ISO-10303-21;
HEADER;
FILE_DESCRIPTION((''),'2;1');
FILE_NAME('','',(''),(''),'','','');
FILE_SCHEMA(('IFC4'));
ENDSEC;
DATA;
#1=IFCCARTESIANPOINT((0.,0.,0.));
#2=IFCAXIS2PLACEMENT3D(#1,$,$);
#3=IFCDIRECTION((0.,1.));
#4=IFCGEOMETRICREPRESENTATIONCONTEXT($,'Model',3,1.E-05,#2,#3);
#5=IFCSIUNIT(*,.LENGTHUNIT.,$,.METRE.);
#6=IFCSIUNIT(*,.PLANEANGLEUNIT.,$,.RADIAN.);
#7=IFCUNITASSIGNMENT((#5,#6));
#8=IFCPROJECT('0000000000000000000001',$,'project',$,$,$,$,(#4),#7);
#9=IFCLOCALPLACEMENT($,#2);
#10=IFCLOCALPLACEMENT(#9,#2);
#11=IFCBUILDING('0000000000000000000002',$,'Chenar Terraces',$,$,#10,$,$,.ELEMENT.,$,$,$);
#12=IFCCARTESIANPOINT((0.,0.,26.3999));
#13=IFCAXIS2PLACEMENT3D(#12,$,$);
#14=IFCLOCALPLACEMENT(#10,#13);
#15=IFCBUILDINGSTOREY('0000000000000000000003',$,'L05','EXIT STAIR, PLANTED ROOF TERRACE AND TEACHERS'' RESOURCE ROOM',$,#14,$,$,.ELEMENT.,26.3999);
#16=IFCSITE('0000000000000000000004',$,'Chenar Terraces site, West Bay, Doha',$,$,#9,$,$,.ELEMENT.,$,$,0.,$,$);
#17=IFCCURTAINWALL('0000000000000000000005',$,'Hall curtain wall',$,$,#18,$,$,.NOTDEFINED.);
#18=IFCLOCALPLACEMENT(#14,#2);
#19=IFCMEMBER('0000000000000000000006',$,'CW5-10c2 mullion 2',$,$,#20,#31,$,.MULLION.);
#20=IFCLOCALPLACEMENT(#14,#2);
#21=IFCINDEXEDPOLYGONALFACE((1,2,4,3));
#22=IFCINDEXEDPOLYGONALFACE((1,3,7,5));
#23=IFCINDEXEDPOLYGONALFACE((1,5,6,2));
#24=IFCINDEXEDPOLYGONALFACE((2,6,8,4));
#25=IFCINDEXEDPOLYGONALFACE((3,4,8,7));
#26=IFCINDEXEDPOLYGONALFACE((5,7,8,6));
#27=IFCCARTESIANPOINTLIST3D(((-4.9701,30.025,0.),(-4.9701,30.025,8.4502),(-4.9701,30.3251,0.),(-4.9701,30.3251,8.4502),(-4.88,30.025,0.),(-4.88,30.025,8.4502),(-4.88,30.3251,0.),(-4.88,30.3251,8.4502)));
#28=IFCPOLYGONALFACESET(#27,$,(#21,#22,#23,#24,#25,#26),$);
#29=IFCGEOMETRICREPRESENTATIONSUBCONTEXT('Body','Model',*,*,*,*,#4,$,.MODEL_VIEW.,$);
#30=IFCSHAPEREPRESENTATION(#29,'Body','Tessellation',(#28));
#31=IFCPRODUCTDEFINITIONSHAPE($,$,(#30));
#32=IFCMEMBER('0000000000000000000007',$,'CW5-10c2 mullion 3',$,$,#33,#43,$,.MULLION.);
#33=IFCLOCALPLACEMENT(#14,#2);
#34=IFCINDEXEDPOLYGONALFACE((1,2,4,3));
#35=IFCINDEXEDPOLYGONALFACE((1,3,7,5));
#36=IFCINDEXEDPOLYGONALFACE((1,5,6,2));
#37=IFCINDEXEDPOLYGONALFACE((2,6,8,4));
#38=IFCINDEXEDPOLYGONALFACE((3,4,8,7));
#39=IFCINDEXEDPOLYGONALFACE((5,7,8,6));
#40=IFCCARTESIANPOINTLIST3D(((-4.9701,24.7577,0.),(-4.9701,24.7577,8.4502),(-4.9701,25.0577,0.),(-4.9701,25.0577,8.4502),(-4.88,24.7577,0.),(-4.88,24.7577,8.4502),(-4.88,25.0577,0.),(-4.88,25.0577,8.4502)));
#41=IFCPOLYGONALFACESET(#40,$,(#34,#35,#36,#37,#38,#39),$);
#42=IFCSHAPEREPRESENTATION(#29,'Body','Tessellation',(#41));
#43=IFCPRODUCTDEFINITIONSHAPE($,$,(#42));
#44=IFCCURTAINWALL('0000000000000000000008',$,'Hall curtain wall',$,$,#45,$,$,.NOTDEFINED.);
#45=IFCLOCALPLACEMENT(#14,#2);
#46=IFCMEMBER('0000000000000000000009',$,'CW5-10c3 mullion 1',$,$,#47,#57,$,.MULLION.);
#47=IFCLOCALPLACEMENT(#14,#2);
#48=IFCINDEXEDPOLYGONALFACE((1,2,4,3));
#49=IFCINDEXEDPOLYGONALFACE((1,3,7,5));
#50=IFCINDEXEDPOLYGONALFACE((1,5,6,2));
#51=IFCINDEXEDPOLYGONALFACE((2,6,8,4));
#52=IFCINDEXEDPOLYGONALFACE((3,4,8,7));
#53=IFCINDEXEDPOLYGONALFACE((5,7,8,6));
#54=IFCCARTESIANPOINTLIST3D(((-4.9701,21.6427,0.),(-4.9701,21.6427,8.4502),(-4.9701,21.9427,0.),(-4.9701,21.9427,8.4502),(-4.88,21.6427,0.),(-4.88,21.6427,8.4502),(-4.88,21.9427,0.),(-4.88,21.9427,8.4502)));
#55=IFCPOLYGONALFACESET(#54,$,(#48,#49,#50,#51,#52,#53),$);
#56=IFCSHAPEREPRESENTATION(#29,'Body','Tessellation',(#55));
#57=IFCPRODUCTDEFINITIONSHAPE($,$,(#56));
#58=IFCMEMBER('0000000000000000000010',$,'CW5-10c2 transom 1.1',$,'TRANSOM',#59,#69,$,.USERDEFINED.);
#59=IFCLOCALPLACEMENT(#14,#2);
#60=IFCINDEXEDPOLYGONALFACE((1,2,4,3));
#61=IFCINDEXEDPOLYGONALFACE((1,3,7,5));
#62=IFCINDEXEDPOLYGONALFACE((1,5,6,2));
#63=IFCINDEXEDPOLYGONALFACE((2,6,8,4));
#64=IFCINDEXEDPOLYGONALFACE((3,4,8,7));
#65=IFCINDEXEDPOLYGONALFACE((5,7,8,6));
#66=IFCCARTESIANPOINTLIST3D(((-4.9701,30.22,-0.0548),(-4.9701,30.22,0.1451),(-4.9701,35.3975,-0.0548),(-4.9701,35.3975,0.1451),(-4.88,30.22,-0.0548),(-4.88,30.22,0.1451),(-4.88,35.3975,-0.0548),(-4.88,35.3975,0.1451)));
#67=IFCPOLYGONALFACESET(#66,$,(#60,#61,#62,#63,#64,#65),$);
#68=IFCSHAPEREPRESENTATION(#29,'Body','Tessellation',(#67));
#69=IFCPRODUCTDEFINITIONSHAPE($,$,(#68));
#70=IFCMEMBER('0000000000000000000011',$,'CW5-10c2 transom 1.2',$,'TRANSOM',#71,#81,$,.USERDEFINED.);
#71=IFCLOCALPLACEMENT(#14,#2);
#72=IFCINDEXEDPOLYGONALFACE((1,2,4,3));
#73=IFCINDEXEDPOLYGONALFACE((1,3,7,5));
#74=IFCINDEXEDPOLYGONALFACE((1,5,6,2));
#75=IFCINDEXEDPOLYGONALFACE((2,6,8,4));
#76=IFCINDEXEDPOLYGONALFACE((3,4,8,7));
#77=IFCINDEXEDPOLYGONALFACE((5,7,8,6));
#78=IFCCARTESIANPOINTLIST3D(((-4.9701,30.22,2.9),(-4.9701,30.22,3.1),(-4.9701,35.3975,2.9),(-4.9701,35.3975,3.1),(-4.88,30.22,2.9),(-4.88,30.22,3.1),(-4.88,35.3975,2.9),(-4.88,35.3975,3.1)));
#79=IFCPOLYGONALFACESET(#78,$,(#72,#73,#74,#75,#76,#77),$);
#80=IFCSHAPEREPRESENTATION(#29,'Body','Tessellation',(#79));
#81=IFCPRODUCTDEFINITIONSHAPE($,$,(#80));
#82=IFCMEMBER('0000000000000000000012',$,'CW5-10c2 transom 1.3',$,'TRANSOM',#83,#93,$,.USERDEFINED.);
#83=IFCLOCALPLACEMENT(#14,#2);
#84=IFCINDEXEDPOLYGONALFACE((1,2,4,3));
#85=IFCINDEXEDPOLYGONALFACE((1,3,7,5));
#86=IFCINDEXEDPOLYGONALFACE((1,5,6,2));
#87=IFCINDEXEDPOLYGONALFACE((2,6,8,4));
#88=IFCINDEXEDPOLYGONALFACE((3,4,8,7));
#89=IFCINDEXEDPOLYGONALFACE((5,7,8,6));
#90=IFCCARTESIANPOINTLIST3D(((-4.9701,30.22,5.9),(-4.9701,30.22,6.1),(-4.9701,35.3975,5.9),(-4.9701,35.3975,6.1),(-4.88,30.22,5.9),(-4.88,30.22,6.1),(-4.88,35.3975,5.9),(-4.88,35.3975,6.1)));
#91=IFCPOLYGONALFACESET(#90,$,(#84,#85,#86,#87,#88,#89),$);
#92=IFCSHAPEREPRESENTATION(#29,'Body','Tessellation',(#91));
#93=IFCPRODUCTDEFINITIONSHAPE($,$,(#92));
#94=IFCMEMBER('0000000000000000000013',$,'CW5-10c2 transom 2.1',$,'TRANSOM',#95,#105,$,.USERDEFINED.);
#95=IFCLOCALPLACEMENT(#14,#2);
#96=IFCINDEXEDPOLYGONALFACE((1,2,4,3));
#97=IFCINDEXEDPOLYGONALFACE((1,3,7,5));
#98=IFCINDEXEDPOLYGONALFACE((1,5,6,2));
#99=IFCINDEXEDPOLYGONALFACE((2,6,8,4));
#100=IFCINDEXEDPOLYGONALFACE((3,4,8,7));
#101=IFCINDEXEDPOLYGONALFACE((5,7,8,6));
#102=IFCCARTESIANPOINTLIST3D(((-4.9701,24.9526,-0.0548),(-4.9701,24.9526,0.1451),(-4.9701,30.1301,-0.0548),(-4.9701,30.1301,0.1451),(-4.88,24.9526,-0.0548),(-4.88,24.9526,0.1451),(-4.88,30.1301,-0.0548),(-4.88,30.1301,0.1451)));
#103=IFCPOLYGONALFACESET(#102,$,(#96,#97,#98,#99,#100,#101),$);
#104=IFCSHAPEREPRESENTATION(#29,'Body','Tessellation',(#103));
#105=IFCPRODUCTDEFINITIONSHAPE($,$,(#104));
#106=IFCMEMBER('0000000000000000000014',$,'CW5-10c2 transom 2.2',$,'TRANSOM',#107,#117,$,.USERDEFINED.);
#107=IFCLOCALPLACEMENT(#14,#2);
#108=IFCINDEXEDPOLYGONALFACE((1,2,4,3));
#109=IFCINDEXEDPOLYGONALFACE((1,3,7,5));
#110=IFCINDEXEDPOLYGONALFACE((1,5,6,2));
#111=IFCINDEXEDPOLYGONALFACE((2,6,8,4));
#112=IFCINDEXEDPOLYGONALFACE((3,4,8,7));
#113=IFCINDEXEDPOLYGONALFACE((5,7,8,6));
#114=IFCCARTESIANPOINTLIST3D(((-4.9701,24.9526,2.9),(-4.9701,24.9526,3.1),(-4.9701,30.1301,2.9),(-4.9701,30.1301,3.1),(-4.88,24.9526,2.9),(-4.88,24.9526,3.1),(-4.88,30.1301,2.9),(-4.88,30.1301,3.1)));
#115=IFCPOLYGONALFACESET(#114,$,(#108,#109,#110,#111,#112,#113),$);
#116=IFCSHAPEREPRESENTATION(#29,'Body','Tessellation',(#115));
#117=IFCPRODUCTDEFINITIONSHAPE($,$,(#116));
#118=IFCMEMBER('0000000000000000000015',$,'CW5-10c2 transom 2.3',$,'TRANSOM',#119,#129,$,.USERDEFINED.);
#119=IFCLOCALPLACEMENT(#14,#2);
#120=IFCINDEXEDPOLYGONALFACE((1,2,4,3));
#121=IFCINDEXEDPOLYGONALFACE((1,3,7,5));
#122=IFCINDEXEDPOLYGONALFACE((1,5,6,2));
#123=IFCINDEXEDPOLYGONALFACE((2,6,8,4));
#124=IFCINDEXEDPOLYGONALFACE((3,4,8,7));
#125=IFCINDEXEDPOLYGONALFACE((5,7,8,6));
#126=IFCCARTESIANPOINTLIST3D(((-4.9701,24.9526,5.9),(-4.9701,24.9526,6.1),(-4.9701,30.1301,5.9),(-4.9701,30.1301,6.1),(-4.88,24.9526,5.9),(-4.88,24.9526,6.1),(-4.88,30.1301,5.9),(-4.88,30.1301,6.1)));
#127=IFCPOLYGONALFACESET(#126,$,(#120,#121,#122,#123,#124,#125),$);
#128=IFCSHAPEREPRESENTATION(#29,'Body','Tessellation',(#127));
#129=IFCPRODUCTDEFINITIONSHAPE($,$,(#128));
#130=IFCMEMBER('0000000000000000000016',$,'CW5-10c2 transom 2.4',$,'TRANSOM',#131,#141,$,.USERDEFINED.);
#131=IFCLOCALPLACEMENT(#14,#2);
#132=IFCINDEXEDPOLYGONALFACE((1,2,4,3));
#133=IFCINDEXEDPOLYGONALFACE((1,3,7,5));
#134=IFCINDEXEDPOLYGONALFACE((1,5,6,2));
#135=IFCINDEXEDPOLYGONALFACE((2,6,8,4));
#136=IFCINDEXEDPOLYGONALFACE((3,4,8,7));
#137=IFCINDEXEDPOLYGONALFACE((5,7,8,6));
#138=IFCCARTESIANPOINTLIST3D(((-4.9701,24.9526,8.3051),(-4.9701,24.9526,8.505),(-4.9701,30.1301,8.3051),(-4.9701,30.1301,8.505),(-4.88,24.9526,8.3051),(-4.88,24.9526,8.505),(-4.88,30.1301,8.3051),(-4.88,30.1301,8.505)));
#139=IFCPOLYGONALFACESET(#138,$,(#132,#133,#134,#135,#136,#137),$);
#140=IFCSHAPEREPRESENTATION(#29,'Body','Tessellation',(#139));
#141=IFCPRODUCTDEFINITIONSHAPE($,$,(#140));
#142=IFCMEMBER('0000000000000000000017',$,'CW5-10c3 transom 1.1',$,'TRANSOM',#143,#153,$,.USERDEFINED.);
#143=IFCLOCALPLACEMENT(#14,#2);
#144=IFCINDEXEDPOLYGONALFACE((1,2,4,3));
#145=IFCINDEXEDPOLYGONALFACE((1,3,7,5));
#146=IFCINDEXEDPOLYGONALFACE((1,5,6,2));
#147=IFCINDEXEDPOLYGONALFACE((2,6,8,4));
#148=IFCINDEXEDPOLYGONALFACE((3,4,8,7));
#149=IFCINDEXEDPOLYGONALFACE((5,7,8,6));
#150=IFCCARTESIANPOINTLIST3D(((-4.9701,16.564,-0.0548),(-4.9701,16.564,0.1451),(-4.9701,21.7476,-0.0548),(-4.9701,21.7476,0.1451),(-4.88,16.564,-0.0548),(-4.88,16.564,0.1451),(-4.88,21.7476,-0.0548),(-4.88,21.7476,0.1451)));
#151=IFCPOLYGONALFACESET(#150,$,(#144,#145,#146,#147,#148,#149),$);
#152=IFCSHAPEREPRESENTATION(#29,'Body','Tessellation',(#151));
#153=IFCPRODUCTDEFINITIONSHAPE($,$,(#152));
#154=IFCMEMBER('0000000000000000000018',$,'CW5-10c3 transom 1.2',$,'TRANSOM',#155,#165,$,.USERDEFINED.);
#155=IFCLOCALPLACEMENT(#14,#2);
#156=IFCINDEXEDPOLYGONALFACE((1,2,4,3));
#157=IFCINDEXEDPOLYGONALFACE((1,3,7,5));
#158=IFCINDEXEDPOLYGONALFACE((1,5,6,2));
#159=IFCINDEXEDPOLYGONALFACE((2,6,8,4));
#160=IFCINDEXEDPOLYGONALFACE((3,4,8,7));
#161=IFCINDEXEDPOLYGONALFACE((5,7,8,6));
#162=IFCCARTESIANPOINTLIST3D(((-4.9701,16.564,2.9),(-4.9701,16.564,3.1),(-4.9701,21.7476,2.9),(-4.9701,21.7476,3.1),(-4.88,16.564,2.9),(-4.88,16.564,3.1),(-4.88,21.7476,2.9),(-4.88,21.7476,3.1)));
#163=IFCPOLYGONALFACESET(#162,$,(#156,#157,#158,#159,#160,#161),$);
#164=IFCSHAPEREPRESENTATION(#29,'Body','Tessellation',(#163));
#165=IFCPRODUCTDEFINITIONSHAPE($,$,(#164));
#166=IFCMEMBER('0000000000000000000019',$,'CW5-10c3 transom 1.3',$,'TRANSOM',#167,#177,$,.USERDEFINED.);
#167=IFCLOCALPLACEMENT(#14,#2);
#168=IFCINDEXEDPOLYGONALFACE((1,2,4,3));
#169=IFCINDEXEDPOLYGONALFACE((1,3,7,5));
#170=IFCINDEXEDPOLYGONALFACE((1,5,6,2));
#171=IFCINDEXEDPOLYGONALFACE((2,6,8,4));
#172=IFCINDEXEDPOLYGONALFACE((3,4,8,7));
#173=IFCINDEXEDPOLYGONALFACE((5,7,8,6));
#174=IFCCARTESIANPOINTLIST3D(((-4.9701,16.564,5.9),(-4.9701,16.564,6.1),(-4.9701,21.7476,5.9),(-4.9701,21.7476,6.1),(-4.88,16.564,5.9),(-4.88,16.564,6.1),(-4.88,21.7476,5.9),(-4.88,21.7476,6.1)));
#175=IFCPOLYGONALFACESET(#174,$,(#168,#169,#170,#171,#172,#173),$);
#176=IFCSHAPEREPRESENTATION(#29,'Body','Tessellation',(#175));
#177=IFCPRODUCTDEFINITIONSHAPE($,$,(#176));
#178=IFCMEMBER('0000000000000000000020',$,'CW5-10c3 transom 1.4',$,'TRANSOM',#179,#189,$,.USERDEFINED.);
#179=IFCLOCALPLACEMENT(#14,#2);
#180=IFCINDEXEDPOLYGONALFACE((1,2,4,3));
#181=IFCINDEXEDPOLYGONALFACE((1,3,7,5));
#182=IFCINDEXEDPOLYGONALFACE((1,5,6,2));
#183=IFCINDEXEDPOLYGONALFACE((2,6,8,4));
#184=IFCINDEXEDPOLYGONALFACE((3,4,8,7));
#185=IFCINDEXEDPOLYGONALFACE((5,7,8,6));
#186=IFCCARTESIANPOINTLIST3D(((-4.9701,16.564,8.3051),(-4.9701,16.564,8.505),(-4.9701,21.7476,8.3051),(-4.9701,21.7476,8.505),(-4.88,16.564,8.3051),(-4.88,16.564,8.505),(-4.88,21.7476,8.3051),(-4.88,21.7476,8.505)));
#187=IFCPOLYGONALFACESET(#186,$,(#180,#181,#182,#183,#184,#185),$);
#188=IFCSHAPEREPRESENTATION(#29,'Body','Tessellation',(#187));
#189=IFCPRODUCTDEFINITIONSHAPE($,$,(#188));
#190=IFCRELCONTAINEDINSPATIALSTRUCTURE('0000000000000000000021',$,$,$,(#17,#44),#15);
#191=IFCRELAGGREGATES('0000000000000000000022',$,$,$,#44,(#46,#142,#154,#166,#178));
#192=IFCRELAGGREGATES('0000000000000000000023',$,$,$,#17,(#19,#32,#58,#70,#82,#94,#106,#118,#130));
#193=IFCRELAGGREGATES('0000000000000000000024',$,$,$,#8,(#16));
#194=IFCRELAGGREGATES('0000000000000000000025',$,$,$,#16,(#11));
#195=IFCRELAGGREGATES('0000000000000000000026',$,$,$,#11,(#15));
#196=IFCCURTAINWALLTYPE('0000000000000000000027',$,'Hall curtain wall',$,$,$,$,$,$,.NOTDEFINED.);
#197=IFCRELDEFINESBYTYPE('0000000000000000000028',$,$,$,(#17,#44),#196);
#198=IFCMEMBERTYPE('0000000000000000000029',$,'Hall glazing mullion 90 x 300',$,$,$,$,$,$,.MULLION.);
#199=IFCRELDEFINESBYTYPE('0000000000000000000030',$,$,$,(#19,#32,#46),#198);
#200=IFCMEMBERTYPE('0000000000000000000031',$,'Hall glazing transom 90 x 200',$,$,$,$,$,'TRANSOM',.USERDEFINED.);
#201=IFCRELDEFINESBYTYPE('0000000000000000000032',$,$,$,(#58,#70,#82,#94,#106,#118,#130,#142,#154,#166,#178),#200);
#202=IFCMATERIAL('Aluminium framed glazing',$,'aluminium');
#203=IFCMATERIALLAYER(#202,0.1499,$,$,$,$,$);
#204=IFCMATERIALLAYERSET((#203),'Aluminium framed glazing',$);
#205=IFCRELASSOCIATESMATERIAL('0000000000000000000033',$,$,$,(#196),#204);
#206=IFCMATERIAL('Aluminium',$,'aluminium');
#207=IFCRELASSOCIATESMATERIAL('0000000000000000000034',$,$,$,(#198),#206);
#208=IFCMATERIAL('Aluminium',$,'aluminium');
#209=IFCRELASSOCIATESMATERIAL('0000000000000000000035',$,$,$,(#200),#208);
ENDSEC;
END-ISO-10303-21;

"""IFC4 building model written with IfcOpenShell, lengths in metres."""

from ifc_helpers import new_model, si_unit, direction, frame, origin, origin_2d, place, context, subcontext, project, spatial, rectangle, extrude, material, layer, layer_set, material_profile, profile_set, type_object, element, aggregate, save


model = new_model("IFC4")

# Units and contexts
model_context = context("Model", 3, precision=1e-05, world=origin(), true_north=direction((0.0, 1.0)))
body_context = subcontext(model_context, "Body", "Model", "MODEL_VIEW")
ifc_project = project(units=[si_unit("LENGTHUNIT", "METRE"), si_unit("PLANEANGLEUNIT", "RADIAN")], contexts=[model_context])

# Site, building, storey
site_placement = place(None, origin())
site = spatial("IfcSite", under=ifc_project, at=site_placement, Name="Chenar Terraces site, West Bay, Doha", CompositionType="ELEMENT", RefElevation=0.0)
building_placement = place(site_placement, origin())
building = spatial("IfcBuilding", under=site, at=building_placement, Name="Chenar Terraces", CompositionType="ELEMENT")
storey_placement = place(building_placement, frame((0.0, 0.0, 26.3999)))
storey = spatial("IfcBuildingStorey", under=building, at=storey_placement, Name="L05", Description="EXIT STAIR, PLANTED ROOF TERRACE AND TEACHERS' RESOURCE ROOM", CompositionType="ELEMENT", Elevation=26.3999)

# Curtain wall, members
ifc_material_1 = material(Name="Aluminium framed glazing", Category="aluminium")
ifc_layer_1 = layer(ifc_material_1, 0.1499)
ifc_layer_set_1 = layer_set([ifc_layer_1], Name="Aluminium framed glazing")
curtain_wall_type = type_object("IfcCurtainWallType", Name="Hall curtain wall", PredefinedType="NOTDEFINED", material=ifc_layer_set_1)
placement = place(storey_placement, origin())
curtain_wall_1 = element("IfcCurtainWall", 1, at=placement, inside=storey, type_object=curtain_wall_type, Name="Hall curtain wall", PredefinedType="NOTDEFINED")
ifc_material_2 = material(Name="Aluminium", Category="aluminium")
ifc_material_profile_1 = material_profile(ifc_material_2, rectangle(XDim=0.0901, YDim=0.3, at=origin_2d()), Name="Hall glazing mullion 90 x 300")
ifc_profile_set_1 = profile_set([ifc_material_profile_1], Name="Aluminium")
member_type_1 = type_object("IfcMemberType", Name="Hall glazing mullion 90 x 300", PredefinedType="MULLION", material=ifc_profile_set_1)
member_1_placement = place(storey_placement, frame((-4.925, 30.175, 0.0), z_axis=(0.0, 0.0, 1.0), x_axis=(1.0, 0.0, 0.0)))
member_1 = element("IfcMember", 2, at=member_1_placement, type_object=member_type_1, Name="CW5-10c2 mullion 2", PredefinedType="MULLION", context=body_context, shape_type="SweptSolid", body=[
    extrude(rectangle(XDim=0.0901, YDim=0.3, at=origin_2d()), origin(), (0.0, 0.0, 1.0), 8.4502),
])
member_2_placement = place(storey_placement, frame((-4.925, 24.9077, 0.0), z_axis=(0.0, 0.0, 1.0), x_axis=(1.0, 0.0, 0.0)))
member_2 = element("IfcMember", 3, at=member_2_placement, type_object=member_type_1, Name="CW5-10c2 mullion 3", PredefinedType="MULLION", context=body_context, shape_type="SweptSolid", body=[
    extrude(rectangle(XDim=0.0901, YDim=0.3, at=origin_2d()), origin(), (0.0, 0.0, 1.0), 8.4502),
])

# Curtain wall, member
curtain_wall_2 = element("IfcCurtainWall", 4, at=placement, inside=storey, type_object=curtain_wall_type, Name="Hall curtain wall", PredefinedType="NOTDEFINED")
member_3_placement = place(storey_placement, frame((-4.925, 21.7927, 0.0), z_axis=(0.0, 0.0, 1.0), x_axis=(1.0, 0.0, 0.0)))
member_3 = element("IfcMember", 5, at=member_3_placement, type_object=member_type_1, Name="CW5-10c3 mullion 1", PredefinedType="MULLION", context=body_context, shape_type="SweptSolid", body=[
    extrude(rectangle(XDim=0.0901, YDim=0.3, at=origin_2d()), origin(), (0.0, 0.0, 1.0), 8.4502),
])

# Members
ifc_material_3 = material(Name="Aluminium", Category="aluminium")
ifc_material_profile_2 = material_profile(ifc_material_3, rectangle(XDim=0.0901, YDim=0.2, at=origin_2d()), Name="Hall glazing transom 90 x 200")
ifc_profile_set_2 = profile_set([ifc_material_profile_2], Name="Aluminium")
member_type_2 = type_object("IfcMemberType", Name="Hall glazing transom 90 x 200", ElementType="TRANSOM", PredefinedType="USERDEFINED", material=ifc_profile_set_2)
member_4_placement = place(storey_placement, frame((-4.925, 35.3975, 0.0452), z_axis=(0.0, -1.0, 0.0), x_axis=(1.0, 0.0, 0.0)))
member_4 = element("IfcMember", 6, at=member_4_placement, type_object=member_type_2, Name="CW5-10c2 transom 1.1", ObjectType="TRANSOM", PredefinedType="USERDEFINED", context=body_context, shape_type="SweptSolid", body=[
    extrude(rectangle(XDim=0.0901, YDim=0.2, at=origin_2d()), origin(), (0.0, 0.0, 1.0), 5.1775),
])
member_5_placement = place(storey_placement, frame((-4.925, 35.3975, 3.0), z_axis=(0.0, -1.0, 0.0), x_axis=(1.0, 0.0, 0.0)))
member_5 = element("IfcMember", 7, at=member_5_placement, type_object=member_type_2, Name="CW5-10c2 transom 1.2", ObjectType="TRANSOM", PredefinedType="USERDEFINED", context=body_context, shape_type="SweptSolid", body=[
    extrude(rectangle(XDim=0.0901, YDim=0.2, at=origin_2d()), origin(), (0.0, 0.0, 1.0), 5.1775),
])
member_6_placement = place(storey_placement, frame((-4.925, 35.3975, 6.0), z_axis=(0.0, -1.0, 0.0), x_axis=(1.0, 0.0, 0.0)))
member_6 = element("IfcMember", 8, at=member_6_placement, type_object=member_type_2, Name="CW5-10c2 transom 1.3", ObjectType="TRANSOM", PredefinedType="USERDEFINED", context=body_context, shape_type="SweptSolid", body=[
    extrude(rectangle(XDim=0.0901, YDim=0.2, at=origin_2d()), origin(), (0.0, 0.0, 1.0), 5.1775),
])
member_7_placement = place(storey_placement, frame((-4.925, 30.1301, 0.0452), z_axis=(0.0, -1.0, 0.0), x_axis=(1.0, 0.0, 0.0)))
member_7 = element("IfcMember", 9, at=member_7_placement, type_object=member_type_2, Name="CW5-10c2 transom 2.1", ObjectType="TRANSOM", PredefinedType="USERDEFINED", context=body_context, shape_type="SweptSolid", body=[
    extrude(rectangle(XDim=0.0901, YDim=0.2, at=origin_2d()), origin(), (0.0, 0.0, 1.0), 5.1775),
])
member_8_placement = place(storey_placement, frame((-4.925, 30.1301, 3.0), z_axis=(0.0, -1.0, 0.0), x_axis=(1.0, 0.0, 0.0)))
member_8 = element("IfcMember", 10, at=member_8_placement, type_object=member_type_2, Name="CW5-10c2 transom 2.2", ObjectType="TRANSOM", PredefinedType="USERDEFINED", context=body_context, shape_type="SweptSolid", body=[
    extrude(rectangle(XDim=0.0901, YDim=0.2, at=origin_2d()), origin(), (0.0, 0.0, 1.0), 5.1775),
])
member_9_placement = place(storey_placement, frame((-4.925, 30.1301, 6.0), z_axis=(0.0, -1.0, 0.0), x_axis=(1.0, 0.0, 0.0)))
member_9 = element("IfcMember", 11, at=member_9_placement, type_object=member_type_2, Name="CW5-10c2 transom 2.3", ObjectType="TRANSOM", PredefinedType="USERDEFINED", context=body_context, shape_type="SweptSolid", body=[
    extrude(rectangle(XDim=0.0901, YDim=0.2, at=origin_2d()), origin(), (0.0, 0.0, 1.0), 5.1775),
])
member_10_placement = place(storey_placement, frame((-4.925, 30.1301, 8.405), z_axis=(0.0, -1.0, 0.0), x_axis=(1.0, 0.0, 0.0)))
member_10 = element("IfcMember", 12, at=member_10_placement, type_object=member_type_2, Name="CW5-10c2 transom 2.4", ObjectType="TRANSOM", PredefinedType="USERDEFINED", context=body_context, shape_type="SweptSolid", body=[
    extrude(rectangle(XDim=0.0901, YDim=0.2, at=origin_2d()), origin(), (0.0, 0.0, 1.0), 5.1775),
])
member_11_placement = place(storey_placement, frame((-4.925, 21.7476, 0.0452), z_axis=(0.0, -1.0, 0.0), x_axis=(1.0, 0.0, 0.0)))
member_11 = element("IfcMember", 13, at=member_11_placement, type_object=member_type_2, Name="CW5-10c3 transom 1.1", ObjectType="TRANSOM", PredefinedType="USERDEFINED", context=body_context, shape_type="SweptSolid", body=[
    extrude(rectangle(XDim=0.0901, YDim=0.2, at=origin_2d()), origin(), (0.0, 0.0, 1.0), 5.1836),
])
member_12_placement = place(storey_placement, frame((-4.925, 21.7476, 3.0), z_axis=(0.0, -1.0, 0.0), x_axis=(1.0, 0.0, 0.0)))
member_12 = element("IfcMember", 14, at=member_12_placement, type_object=member_type_2, Name="CW5-10c3 transom 1.2", ObjectType="TRANSOM", PredefinedType="USERDEFINED", context=body_context, shape_type="SweptSolid", body=[
    extrude(rectangle(XDim=0.0901, YDim=0.2, at=origin_2d()), origin(), (0.0, 0.0, 1.0), 5.1836),
])
member_13_placement = place(storey_placement, frame((-4.925, 21.7476, 6.0), z_axis=(0.0, -1.0, 0.0), x_axis=(1.0, 0.0, 0.0)))
member_13 = element("IfcMember", 15, at=member_13_placement, type_object=member_type_2, Name="CW5-10c3 transom 1.3", ObjectType="TRANSOM", PredefinedType="USERDEFINED", context=body_context, shape_type="SweptSolid", body=[
    extrude(rectangle(XDim=0.0901, YDim=0.2, at=origin_2d()), origin(), (0.0, 0.0, 1.0), 5.1836),
])
member_14_placement = place(storey_placement, frame((-4.925, 21.7476, 8.405), z_axis=(0.0, -1.0, 0.0), x_axis=(1.0, 0.0, 0.0)))
member_14 = element("IfcMember", 16, at=member_14_placement, type_object=member_type_2, Name="CW5-10c3 transom 1.4", ObjectType="TRANSOM", PredefinedType="USERDEFINED", context=body_context, shape_type="SweptSolid", body=[
    extrude(rectangle(XDim=0.0901, YDim=0.2, at=origin_2d()), origin(), (0.0, 0.0, 1.0), 5.1836),
])
aggregate(curtain_wall_2, [member_3, member_11, member_12, member_13, member_14])

aggregate(curtain_wall_1, [member_1, member_2, member_4, member_5, member_6, member_7, member_8, member_9, member_10])

save(model, "model.ifc")
